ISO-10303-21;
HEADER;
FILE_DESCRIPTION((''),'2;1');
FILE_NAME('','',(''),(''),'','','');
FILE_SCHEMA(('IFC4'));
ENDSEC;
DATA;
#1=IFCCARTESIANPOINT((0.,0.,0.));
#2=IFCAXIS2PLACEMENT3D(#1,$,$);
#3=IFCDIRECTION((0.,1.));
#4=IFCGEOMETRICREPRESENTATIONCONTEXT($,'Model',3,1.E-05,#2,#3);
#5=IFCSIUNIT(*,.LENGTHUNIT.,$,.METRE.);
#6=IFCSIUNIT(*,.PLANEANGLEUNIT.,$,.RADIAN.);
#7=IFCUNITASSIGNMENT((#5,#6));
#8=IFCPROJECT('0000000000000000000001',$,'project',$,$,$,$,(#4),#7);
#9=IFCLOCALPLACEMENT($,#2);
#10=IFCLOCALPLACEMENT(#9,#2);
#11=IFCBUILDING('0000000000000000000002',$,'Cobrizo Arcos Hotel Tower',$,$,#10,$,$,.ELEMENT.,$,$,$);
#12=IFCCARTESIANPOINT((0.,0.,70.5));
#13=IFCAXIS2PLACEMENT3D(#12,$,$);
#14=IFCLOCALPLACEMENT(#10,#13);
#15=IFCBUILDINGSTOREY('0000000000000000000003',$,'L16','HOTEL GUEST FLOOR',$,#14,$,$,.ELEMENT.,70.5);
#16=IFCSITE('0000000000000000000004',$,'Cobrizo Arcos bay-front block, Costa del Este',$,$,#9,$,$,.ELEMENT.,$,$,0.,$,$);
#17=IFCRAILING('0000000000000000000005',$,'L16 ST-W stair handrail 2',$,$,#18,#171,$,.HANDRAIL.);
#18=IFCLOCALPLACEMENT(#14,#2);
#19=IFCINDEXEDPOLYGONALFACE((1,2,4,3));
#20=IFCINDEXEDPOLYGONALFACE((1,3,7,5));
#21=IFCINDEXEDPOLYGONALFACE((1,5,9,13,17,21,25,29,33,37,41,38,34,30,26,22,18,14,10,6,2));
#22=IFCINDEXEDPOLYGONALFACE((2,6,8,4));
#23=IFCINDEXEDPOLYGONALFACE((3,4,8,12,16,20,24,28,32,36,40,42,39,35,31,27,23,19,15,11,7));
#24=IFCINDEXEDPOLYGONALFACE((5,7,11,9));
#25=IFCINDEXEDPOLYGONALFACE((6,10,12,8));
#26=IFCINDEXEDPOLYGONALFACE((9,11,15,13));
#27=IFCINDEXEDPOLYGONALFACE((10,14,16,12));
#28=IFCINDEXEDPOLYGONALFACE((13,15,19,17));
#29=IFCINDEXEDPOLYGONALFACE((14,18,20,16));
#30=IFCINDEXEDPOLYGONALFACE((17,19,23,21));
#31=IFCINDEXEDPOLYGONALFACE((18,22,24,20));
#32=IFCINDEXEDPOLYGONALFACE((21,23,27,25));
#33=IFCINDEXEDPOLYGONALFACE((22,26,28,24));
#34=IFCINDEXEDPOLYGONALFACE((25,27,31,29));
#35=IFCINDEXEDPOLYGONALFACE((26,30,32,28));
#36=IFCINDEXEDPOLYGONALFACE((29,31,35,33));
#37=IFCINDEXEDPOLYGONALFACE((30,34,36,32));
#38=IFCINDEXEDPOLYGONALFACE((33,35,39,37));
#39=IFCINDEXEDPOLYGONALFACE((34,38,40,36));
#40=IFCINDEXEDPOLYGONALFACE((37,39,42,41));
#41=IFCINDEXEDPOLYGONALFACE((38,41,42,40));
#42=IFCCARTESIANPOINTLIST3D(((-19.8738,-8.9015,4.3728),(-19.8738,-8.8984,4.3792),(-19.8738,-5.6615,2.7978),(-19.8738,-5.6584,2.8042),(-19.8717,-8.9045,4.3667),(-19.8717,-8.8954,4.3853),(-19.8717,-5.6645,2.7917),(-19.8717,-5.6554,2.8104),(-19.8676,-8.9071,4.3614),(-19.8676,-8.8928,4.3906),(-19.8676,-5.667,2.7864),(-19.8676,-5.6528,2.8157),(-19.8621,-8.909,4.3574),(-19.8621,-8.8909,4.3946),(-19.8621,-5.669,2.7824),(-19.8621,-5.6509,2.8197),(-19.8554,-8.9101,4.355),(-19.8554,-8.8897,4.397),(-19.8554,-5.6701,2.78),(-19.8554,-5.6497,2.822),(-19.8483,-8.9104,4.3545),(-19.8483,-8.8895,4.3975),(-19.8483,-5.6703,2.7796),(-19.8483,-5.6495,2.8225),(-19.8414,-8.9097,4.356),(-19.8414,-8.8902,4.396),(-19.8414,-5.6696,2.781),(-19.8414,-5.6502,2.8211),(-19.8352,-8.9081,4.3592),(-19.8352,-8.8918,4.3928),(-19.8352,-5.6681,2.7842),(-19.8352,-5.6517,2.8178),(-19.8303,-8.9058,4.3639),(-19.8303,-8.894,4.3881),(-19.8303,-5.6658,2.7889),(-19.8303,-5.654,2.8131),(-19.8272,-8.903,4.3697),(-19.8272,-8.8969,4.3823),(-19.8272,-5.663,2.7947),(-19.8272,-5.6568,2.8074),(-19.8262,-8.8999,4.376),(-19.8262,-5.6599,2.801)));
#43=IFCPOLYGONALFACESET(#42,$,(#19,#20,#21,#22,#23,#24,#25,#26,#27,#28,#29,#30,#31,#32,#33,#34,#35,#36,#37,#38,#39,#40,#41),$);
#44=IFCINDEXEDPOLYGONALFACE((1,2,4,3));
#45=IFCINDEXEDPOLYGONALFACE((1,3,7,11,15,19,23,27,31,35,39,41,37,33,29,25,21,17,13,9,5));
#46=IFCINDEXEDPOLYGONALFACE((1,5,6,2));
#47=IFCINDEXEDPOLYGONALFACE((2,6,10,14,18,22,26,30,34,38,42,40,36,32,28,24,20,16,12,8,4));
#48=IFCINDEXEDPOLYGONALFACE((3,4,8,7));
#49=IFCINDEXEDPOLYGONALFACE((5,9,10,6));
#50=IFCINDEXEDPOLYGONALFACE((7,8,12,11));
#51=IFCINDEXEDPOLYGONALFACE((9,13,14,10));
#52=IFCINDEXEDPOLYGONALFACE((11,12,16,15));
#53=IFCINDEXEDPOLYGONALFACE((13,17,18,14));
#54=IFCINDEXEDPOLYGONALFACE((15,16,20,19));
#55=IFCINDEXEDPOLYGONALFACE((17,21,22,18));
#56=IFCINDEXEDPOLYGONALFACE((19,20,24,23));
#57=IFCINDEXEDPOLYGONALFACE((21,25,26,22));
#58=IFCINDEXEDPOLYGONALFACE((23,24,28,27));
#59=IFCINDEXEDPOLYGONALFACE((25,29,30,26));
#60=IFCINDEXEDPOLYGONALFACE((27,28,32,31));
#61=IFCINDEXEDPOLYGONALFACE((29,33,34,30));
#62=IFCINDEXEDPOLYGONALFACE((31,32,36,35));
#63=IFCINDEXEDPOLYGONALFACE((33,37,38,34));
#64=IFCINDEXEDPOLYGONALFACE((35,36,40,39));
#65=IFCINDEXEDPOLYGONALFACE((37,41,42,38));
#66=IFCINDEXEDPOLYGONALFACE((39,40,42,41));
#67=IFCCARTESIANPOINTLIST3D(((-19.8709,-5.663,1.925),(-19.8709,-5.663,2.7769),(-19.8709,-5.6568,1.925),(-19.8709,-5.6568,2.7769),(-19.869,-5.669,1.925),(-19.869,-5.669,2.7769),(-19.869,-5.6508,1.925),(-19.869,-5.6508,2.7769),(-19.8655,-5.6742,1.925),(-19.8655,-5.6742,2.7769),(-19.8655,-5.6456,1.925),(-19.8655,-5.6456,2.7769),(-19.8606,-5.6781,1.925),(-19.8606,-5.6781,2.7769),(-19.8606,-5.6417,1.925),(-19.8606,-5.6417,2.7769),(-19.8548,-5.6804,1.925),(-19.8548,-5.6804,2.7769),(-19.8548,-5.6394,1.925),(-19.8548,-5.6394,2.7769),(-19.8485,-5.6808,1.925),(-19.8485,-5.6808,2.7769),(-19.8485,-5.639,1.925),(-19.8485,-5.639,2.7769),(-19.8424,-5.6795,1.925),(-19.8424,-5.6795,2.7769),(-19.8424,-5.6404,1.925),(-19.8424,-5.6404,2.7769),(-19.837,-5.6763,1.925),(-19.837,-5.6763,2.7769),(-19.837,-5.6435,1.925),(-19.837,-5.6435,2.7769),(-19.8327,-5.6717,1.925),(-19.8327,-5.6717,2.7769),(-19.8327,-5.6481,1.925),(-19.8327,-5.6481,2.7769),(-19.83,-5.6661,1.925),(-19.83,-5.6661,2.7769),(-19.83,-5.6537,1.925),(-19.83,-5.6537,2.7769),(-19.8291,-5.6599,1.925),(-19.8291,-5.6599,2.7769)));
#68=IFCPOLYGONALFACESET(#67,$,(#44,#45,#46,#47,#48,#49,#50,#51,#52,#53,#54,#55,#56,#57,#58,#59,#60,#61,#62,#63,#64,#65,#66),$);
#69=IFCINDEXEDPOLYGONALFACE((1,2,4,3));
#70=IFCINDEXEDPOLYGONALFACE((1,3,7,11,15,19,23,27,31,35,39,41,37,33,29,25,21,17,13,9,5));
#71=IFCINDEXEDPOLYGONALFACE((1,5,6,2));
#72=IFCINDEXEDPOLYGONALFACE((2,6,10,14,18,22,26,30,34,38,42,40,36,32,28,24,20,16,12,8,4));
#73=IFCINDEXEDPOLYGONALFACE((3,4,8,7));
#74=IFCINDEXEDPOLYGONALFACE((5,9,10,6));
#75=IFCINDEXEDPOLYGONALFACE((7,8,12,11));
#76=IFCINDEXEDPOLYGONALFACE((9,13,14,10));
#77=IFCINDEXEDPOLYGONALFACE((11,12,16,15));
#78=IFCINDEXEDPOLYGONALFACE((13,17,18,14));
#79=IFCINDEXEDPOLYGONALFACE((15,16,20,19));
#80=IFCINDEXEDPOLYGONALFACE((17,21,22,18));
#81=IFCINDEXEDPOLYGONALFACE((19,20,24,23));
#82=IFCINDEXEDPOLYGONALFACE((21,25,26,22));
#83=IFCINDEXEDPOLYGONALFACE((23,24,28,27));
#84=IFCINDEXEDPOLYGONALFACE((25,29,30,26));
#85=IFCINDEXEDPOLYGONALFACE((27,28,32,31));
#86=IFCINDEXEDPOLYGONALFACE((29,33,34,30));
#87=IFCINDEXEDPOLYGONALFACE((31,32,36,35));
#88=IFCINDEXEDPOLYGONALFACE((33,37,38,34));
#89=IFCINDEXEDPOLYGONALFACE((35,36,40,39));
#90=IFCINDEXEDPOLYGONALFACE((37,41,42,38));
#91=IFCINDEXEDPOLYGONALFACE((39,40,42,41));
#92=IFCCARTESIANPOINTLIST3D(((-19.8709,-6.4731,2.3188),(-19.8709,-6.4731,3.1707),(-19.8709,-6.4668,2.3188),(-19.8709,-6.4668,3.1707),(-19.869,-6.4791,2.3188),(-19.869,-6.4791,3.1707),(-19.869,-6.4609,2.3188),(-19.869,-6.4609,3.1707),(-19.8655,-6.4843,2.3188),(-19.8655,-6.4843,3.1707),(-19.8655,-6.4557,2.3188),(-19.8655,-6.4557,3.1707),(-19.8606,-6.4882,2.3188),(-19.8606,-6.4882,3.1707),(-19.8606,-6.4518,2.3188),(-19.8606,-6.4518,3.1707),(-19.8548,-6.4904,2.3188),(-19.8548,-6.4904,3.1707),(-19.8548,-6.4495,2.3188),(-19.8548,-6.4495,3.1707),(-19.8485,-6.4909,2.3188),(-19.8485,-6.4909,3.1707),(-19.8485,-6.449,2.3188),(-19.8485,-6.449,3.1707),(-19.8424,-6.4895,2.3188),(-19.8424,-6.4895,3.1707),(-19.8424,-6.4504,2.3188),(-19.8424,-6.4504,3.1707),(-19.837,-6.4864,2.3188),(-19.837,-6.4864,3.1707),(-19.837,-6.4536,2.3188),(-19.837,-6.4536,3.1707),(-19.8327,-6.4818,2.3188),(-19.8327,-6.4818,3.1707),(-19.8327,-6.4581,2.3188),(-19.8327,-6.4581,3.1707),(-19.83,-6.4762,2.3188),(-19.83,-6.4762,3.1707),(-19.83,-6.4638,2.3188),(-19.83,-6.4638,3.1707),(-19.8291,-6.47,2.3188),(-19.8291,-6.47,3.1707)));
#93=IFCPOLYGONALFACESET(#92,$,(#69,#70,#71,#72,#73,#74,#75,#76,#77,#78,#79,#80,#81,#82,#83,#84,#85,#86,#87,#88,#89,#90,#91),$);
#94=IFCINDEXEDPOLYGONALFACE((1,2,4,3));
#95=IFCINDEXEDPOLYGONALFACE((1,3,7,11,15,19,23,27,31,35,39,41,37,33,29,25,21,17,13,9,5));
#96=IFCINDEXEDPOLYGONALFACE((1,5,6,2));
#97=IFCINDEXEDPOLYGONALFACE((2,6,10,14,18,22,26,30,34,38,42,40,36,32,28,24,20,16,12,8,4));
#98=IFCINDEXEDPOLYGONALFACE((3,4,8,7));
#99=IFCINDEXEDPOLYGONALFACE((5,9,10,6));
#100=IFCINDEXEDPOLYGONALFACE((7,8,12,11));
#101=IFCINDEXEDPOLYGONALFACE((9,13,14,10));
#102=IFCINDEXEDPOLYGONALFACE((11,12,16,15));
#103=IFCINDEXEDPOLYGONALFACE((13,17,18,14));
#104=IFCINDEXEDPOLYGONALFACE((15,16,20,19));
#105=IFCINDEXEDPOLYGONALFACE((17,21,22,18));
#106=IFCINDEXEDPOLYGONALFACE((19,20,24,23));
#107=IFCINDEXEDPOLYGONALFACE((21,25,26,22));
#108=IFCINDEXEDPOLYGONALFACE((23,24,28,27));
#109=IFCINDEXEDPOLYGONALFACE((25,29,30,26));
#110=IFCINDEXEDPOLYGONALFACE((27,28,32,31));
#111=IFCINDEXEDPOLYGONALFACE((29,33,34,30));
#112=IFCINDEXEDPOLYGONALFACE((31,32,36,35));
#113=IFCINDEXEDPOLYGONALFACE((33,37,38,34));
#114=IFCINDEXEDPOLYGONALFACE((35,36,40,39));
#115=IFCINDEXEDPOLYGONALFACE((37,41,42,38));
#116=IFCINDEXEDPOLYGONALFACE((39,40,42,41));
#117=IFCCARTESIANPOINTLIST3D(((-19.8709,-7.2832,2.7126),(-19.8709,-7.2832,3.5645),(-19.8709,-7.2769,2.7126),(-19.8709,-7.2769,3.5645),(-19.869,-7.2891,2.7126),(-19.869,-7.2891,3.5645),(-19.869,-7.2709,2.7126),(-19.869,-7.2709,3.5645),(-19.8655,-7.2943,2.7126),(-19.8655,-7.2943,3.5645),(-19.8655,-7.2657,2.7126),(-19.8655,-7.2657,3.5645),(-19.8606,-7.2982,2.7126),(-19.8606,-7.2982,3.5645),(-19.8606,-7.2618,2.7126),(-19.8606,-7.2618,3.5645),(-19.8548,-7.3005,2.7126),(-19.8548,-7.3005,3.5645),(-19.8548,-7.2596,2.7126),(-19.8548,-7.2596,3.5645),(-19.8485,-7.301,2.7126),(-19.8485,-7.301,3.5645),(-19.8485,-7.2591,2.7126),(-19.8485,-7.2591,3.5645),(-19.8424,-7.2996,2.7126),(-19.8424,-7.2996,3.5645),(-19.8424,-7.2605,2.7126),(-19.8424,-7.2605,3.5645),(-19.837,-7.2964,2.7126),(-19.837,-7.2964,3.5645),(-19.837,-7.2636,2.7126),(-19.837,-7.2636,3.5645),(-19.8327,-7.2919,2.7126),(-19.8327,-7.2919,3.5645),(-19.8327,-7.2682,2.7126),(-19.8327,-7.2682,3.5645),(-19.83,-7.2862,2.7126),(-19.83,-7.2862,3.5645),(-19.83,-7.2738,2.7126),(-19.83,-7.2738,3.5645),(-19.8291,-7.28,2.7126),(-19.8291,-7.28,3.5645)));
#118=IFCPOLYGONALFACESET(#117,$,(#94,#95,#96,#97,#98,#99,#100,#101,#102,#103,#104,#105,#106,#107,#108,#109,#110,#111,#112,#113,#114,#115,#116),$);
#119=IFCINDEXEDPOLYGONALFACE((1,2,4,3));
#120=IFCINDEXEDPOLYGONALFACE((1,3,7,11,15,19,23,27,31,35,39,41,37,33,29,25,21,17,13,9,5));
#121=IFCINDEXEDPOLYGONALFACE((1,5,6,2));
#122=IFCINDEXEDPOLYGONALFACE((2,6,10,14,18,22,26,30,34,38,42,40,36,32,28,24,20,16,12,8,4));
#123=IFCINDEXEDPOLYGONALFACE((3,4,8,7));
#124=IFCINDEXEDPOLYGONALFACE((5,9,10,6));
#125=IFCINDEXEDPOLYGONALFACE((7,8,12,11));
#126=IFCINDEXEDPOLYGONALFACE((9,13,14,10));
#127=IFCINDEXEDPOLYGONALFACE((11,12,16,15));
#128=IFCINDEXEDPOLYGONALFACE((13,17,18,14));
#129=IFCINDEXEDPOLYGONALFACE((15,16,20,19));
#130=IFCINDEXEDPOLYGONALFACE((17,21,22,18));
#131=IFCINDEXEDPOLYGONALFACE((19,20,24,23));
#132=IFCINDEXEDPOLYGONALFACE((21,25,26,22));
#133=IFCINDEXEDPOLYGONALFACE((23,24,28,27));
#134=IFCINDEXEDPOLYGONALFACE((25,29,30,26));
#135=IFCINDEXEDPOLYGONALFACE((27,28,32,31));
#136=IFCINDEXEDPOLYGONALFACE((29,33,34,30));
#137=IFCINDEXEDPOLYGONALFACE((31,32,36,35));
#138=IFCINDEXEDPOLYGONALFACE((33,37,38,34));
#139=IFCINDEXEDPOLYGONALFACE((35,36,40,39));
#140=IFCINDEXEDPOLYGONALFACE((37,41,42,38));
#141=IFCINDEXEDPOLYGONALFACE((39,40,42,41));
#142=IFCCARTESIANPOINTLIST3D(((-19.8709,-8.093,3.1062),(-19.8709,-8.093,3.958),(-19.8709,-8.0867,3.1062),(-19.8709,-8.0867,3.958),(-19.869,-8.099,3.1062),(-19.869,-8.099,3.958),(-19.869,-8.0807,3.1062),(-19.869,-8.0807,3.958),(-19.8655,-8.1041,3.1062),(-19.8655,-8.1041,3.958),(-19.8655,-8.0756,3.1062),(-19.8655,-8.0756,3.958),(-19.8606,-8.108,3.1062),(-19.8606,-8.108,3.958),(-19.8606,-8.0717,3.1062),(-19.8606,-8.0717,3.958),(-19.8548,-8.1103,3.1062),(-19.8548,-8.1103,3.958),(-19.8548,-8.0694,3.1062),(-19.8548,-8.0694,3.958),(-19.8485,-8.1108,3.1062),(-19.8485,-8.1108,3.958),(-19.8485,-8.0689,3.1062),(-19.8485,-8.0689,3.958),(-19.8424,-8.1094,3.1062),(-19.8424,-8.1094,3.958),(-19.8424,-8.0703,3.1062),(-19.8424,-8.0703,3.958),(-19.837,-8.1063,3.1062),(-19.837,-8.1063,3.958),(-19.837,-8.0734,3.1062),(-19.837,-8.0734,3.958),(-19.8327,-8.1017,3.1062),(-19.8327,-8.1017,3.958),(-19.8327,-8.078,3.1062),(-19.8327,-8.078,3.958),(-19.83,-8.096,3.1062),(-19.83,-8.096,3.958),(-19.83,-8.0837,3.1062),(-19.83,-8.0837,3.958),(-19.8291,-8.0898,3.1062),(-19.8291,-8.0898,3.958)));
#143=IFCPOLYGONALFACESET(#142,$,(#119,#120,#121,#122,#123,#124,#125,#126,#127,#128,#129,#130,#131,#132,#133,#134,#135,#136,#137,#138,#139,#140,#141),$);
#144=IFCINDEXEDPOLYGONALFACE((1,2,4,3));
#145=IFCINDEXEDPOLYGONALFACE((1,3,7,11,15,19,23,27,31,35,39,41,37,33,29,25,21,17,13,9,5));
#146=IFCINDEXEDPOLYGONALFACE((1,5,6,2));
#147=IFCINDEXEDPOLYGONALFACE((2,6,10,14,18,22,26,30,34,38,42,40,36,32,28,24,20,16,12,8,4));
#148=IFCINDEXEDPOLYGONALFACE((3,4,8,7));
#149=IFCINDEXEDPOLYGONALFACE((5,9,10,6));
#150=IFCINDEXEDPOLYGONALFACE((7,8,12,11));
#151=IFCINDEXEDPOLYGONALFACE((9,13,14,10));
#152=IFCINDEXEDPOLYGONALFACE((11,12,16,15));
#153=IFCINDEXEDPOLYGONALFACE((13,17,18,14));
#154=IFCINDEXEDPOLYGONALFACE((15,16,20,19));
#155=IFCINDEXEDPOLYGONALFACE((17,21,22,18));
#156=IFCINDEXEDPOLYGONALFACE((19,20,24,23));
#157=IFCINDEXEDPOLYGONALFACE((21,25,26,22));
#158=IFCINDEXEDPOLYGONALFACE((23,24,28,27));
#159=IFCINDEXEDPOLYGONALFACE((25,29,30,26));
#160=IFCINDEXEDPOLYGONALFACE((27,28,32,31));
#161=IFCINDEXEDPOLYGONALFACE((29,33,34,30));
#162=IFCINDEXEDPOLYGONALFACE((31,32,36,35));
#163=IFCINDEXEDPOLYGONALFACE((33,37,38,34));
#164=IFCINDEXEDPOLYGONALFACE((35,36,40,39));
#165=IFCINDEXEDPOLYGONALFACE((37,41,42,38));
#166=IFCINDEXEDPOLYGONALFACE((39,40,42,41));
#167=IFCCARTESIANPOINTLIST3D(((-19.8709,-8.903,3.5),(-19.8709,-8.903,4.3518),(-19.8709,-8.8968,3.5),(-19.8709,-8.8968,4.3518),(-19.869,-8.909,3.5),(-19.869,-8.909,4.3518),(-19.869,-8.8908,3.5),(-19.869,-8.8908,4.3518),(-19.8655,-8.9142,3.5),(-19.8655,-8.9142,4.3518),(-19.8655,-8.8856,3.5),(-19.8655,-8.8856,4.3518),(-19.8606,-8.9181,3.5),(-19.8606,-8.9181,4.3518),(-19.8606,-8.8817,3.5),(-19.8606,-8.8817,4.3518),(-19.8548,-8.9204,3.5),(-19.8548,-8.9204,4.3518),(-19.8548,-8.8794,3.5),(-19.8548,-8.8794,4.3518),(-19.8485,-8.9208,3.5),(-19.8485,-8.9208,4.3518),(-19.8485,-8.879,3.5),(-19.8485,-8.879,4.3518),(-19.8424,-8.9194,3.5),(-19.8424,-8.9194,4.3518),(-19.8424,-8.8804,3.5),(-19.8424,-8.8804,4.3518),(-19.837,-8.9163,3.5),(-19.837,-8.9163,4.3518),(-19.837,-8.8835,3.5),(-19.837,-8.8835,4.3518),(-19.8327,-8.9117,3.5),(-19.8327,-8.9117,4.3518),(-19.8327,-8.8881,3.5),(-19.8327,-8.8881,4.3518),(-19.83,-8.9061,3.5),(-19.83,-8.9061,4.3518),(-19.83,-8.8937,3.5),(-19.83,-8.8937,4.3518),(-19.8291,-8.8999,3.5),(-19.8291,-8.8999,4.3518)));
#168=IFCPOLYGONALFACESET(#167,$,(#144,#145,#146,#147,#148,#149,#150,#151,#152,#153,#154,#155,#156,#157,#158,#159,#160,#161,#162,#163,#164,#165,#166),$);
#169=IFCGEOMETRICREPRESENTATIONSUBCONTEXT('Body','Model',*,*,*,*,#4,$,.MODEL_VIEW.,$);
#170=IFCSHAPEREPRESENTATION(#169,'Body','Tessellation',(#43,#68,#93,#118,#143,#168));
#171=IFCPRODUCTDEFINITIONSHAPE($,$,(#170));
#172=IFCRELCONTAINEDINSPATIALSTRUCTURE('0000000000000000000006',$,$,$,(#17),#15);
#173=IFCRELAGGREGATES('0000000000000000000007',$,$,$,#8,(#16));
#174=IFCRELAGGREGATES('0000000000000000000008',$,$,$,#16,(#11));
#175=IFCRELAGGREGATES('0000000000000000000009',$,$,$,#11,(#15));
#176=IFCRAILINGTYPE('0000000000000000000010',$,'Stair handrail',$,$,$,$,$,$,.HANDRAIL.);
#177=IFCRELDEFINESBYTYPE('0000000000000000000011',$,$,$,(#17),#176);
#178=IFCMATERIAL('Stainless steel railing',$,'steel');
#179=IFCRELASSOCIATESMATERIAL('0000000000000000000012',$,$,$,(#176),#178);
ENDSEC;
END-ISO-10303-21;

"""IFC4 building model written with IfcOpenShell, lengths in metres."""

from ifc_helpers import new_model, si_unit, direction, frame, origin, origin_2d, place, context, subcontext, project, spatial, circle, extrude, material, type_object, element, save


model = new_model("IFC4")

# Units and contexts
model_context = context("Model", 3, precision=1e-05, world=origin(), true_north=direction((0.0, 1.0)))
body_context = subcontext(model_context, "Body", "Model", "MODEL_VIEW")
ifc_project = project(units=[si_unit("LENGTHUNIT", "METRE"), si_unit("PLANEANGLEUNIT", "RADIAN")], contexts=[model_context])

# Site, building, storey
site_placement = place(None, origin())
site = spatial("IfcSite", under=ifc_project, at=site_placement, Name="Cobrizo Arcos bay-front block, Costa del Este", CompositionType="ELEMENT", RefElevation=0.0)
building_placement = place(site_placement, origin())
building = spatial("IfcBuilding", under=site, at=building_placement, Name="Cobrizo Arcos Hotel Tower", CompositionType="ELEMENT")
storey_placement = place(building_placement, frame((0.0, 0.0, 70.5)))
storey = spatial("IfcBuildingStorey", under=building, at=storey_placement, Name="L16", Description="HOTEL GUEST FLOOR", CompositionType="ELEMENT", Elevation=70.5)

# Railing
ifc_material_1 = material(Name="Stainless steel railing", Category="steel")
railing_type_1 = type_object("IfcRailingType", Name="Stair handrail", PredefinedType="HANDRAIL", material=ifc_material_1)
railing_1_placement = place(storey_placement, frame((-19.8501, -5.6599, 1.925)))
element("IfcRailing", 1, at=railing_1_placement, inside=storey, type_object=railing_type_1, Name="L16 ST-W stair handrail 2", PredefinedType="HANDRAIL", context=body_context, shape_type="SweptSolid", body=[
    extrude(circle(Radius=0.0239, at=origin_2d()), frame((0.0, 0.0, 0.876), z_axis=(0.0, -0.899373, 0.437183), x_axis=(1.0, 0.0, 0.0)), (0.0, 0.0, 1.0), 3.6025),
    extrude(circle(Radius=0.021, at=origin_2d()), origin(), (0.0, 0.0, 1.0), 0.8518),
    extrude(circle(Radius=0.021, at=origin_2d()), frame((0.0, -0.8101, 0.3938)), (0.0, 0.0, 1.0), 0.8518),
    extrude(circle(Radius=0.021, at=origin_2d()), frame((0.0, -1.6201, 0.7876)), (0.0, 0.0, 1.0), 0.8518),
    extrude(circle(Radius=0.021, at=origin_2d()), frame((0.0, -2.4299, 1.1812)), (0.0, 0.0, 1.0), 0.8518),
    extrude(circle(Radius=0.021, at=origin_2d()), frame((0.0, -3.24, 1.575)), (0.0, 0.0, 1.0), 0.8518),
])

save(model, "model.ifc")
